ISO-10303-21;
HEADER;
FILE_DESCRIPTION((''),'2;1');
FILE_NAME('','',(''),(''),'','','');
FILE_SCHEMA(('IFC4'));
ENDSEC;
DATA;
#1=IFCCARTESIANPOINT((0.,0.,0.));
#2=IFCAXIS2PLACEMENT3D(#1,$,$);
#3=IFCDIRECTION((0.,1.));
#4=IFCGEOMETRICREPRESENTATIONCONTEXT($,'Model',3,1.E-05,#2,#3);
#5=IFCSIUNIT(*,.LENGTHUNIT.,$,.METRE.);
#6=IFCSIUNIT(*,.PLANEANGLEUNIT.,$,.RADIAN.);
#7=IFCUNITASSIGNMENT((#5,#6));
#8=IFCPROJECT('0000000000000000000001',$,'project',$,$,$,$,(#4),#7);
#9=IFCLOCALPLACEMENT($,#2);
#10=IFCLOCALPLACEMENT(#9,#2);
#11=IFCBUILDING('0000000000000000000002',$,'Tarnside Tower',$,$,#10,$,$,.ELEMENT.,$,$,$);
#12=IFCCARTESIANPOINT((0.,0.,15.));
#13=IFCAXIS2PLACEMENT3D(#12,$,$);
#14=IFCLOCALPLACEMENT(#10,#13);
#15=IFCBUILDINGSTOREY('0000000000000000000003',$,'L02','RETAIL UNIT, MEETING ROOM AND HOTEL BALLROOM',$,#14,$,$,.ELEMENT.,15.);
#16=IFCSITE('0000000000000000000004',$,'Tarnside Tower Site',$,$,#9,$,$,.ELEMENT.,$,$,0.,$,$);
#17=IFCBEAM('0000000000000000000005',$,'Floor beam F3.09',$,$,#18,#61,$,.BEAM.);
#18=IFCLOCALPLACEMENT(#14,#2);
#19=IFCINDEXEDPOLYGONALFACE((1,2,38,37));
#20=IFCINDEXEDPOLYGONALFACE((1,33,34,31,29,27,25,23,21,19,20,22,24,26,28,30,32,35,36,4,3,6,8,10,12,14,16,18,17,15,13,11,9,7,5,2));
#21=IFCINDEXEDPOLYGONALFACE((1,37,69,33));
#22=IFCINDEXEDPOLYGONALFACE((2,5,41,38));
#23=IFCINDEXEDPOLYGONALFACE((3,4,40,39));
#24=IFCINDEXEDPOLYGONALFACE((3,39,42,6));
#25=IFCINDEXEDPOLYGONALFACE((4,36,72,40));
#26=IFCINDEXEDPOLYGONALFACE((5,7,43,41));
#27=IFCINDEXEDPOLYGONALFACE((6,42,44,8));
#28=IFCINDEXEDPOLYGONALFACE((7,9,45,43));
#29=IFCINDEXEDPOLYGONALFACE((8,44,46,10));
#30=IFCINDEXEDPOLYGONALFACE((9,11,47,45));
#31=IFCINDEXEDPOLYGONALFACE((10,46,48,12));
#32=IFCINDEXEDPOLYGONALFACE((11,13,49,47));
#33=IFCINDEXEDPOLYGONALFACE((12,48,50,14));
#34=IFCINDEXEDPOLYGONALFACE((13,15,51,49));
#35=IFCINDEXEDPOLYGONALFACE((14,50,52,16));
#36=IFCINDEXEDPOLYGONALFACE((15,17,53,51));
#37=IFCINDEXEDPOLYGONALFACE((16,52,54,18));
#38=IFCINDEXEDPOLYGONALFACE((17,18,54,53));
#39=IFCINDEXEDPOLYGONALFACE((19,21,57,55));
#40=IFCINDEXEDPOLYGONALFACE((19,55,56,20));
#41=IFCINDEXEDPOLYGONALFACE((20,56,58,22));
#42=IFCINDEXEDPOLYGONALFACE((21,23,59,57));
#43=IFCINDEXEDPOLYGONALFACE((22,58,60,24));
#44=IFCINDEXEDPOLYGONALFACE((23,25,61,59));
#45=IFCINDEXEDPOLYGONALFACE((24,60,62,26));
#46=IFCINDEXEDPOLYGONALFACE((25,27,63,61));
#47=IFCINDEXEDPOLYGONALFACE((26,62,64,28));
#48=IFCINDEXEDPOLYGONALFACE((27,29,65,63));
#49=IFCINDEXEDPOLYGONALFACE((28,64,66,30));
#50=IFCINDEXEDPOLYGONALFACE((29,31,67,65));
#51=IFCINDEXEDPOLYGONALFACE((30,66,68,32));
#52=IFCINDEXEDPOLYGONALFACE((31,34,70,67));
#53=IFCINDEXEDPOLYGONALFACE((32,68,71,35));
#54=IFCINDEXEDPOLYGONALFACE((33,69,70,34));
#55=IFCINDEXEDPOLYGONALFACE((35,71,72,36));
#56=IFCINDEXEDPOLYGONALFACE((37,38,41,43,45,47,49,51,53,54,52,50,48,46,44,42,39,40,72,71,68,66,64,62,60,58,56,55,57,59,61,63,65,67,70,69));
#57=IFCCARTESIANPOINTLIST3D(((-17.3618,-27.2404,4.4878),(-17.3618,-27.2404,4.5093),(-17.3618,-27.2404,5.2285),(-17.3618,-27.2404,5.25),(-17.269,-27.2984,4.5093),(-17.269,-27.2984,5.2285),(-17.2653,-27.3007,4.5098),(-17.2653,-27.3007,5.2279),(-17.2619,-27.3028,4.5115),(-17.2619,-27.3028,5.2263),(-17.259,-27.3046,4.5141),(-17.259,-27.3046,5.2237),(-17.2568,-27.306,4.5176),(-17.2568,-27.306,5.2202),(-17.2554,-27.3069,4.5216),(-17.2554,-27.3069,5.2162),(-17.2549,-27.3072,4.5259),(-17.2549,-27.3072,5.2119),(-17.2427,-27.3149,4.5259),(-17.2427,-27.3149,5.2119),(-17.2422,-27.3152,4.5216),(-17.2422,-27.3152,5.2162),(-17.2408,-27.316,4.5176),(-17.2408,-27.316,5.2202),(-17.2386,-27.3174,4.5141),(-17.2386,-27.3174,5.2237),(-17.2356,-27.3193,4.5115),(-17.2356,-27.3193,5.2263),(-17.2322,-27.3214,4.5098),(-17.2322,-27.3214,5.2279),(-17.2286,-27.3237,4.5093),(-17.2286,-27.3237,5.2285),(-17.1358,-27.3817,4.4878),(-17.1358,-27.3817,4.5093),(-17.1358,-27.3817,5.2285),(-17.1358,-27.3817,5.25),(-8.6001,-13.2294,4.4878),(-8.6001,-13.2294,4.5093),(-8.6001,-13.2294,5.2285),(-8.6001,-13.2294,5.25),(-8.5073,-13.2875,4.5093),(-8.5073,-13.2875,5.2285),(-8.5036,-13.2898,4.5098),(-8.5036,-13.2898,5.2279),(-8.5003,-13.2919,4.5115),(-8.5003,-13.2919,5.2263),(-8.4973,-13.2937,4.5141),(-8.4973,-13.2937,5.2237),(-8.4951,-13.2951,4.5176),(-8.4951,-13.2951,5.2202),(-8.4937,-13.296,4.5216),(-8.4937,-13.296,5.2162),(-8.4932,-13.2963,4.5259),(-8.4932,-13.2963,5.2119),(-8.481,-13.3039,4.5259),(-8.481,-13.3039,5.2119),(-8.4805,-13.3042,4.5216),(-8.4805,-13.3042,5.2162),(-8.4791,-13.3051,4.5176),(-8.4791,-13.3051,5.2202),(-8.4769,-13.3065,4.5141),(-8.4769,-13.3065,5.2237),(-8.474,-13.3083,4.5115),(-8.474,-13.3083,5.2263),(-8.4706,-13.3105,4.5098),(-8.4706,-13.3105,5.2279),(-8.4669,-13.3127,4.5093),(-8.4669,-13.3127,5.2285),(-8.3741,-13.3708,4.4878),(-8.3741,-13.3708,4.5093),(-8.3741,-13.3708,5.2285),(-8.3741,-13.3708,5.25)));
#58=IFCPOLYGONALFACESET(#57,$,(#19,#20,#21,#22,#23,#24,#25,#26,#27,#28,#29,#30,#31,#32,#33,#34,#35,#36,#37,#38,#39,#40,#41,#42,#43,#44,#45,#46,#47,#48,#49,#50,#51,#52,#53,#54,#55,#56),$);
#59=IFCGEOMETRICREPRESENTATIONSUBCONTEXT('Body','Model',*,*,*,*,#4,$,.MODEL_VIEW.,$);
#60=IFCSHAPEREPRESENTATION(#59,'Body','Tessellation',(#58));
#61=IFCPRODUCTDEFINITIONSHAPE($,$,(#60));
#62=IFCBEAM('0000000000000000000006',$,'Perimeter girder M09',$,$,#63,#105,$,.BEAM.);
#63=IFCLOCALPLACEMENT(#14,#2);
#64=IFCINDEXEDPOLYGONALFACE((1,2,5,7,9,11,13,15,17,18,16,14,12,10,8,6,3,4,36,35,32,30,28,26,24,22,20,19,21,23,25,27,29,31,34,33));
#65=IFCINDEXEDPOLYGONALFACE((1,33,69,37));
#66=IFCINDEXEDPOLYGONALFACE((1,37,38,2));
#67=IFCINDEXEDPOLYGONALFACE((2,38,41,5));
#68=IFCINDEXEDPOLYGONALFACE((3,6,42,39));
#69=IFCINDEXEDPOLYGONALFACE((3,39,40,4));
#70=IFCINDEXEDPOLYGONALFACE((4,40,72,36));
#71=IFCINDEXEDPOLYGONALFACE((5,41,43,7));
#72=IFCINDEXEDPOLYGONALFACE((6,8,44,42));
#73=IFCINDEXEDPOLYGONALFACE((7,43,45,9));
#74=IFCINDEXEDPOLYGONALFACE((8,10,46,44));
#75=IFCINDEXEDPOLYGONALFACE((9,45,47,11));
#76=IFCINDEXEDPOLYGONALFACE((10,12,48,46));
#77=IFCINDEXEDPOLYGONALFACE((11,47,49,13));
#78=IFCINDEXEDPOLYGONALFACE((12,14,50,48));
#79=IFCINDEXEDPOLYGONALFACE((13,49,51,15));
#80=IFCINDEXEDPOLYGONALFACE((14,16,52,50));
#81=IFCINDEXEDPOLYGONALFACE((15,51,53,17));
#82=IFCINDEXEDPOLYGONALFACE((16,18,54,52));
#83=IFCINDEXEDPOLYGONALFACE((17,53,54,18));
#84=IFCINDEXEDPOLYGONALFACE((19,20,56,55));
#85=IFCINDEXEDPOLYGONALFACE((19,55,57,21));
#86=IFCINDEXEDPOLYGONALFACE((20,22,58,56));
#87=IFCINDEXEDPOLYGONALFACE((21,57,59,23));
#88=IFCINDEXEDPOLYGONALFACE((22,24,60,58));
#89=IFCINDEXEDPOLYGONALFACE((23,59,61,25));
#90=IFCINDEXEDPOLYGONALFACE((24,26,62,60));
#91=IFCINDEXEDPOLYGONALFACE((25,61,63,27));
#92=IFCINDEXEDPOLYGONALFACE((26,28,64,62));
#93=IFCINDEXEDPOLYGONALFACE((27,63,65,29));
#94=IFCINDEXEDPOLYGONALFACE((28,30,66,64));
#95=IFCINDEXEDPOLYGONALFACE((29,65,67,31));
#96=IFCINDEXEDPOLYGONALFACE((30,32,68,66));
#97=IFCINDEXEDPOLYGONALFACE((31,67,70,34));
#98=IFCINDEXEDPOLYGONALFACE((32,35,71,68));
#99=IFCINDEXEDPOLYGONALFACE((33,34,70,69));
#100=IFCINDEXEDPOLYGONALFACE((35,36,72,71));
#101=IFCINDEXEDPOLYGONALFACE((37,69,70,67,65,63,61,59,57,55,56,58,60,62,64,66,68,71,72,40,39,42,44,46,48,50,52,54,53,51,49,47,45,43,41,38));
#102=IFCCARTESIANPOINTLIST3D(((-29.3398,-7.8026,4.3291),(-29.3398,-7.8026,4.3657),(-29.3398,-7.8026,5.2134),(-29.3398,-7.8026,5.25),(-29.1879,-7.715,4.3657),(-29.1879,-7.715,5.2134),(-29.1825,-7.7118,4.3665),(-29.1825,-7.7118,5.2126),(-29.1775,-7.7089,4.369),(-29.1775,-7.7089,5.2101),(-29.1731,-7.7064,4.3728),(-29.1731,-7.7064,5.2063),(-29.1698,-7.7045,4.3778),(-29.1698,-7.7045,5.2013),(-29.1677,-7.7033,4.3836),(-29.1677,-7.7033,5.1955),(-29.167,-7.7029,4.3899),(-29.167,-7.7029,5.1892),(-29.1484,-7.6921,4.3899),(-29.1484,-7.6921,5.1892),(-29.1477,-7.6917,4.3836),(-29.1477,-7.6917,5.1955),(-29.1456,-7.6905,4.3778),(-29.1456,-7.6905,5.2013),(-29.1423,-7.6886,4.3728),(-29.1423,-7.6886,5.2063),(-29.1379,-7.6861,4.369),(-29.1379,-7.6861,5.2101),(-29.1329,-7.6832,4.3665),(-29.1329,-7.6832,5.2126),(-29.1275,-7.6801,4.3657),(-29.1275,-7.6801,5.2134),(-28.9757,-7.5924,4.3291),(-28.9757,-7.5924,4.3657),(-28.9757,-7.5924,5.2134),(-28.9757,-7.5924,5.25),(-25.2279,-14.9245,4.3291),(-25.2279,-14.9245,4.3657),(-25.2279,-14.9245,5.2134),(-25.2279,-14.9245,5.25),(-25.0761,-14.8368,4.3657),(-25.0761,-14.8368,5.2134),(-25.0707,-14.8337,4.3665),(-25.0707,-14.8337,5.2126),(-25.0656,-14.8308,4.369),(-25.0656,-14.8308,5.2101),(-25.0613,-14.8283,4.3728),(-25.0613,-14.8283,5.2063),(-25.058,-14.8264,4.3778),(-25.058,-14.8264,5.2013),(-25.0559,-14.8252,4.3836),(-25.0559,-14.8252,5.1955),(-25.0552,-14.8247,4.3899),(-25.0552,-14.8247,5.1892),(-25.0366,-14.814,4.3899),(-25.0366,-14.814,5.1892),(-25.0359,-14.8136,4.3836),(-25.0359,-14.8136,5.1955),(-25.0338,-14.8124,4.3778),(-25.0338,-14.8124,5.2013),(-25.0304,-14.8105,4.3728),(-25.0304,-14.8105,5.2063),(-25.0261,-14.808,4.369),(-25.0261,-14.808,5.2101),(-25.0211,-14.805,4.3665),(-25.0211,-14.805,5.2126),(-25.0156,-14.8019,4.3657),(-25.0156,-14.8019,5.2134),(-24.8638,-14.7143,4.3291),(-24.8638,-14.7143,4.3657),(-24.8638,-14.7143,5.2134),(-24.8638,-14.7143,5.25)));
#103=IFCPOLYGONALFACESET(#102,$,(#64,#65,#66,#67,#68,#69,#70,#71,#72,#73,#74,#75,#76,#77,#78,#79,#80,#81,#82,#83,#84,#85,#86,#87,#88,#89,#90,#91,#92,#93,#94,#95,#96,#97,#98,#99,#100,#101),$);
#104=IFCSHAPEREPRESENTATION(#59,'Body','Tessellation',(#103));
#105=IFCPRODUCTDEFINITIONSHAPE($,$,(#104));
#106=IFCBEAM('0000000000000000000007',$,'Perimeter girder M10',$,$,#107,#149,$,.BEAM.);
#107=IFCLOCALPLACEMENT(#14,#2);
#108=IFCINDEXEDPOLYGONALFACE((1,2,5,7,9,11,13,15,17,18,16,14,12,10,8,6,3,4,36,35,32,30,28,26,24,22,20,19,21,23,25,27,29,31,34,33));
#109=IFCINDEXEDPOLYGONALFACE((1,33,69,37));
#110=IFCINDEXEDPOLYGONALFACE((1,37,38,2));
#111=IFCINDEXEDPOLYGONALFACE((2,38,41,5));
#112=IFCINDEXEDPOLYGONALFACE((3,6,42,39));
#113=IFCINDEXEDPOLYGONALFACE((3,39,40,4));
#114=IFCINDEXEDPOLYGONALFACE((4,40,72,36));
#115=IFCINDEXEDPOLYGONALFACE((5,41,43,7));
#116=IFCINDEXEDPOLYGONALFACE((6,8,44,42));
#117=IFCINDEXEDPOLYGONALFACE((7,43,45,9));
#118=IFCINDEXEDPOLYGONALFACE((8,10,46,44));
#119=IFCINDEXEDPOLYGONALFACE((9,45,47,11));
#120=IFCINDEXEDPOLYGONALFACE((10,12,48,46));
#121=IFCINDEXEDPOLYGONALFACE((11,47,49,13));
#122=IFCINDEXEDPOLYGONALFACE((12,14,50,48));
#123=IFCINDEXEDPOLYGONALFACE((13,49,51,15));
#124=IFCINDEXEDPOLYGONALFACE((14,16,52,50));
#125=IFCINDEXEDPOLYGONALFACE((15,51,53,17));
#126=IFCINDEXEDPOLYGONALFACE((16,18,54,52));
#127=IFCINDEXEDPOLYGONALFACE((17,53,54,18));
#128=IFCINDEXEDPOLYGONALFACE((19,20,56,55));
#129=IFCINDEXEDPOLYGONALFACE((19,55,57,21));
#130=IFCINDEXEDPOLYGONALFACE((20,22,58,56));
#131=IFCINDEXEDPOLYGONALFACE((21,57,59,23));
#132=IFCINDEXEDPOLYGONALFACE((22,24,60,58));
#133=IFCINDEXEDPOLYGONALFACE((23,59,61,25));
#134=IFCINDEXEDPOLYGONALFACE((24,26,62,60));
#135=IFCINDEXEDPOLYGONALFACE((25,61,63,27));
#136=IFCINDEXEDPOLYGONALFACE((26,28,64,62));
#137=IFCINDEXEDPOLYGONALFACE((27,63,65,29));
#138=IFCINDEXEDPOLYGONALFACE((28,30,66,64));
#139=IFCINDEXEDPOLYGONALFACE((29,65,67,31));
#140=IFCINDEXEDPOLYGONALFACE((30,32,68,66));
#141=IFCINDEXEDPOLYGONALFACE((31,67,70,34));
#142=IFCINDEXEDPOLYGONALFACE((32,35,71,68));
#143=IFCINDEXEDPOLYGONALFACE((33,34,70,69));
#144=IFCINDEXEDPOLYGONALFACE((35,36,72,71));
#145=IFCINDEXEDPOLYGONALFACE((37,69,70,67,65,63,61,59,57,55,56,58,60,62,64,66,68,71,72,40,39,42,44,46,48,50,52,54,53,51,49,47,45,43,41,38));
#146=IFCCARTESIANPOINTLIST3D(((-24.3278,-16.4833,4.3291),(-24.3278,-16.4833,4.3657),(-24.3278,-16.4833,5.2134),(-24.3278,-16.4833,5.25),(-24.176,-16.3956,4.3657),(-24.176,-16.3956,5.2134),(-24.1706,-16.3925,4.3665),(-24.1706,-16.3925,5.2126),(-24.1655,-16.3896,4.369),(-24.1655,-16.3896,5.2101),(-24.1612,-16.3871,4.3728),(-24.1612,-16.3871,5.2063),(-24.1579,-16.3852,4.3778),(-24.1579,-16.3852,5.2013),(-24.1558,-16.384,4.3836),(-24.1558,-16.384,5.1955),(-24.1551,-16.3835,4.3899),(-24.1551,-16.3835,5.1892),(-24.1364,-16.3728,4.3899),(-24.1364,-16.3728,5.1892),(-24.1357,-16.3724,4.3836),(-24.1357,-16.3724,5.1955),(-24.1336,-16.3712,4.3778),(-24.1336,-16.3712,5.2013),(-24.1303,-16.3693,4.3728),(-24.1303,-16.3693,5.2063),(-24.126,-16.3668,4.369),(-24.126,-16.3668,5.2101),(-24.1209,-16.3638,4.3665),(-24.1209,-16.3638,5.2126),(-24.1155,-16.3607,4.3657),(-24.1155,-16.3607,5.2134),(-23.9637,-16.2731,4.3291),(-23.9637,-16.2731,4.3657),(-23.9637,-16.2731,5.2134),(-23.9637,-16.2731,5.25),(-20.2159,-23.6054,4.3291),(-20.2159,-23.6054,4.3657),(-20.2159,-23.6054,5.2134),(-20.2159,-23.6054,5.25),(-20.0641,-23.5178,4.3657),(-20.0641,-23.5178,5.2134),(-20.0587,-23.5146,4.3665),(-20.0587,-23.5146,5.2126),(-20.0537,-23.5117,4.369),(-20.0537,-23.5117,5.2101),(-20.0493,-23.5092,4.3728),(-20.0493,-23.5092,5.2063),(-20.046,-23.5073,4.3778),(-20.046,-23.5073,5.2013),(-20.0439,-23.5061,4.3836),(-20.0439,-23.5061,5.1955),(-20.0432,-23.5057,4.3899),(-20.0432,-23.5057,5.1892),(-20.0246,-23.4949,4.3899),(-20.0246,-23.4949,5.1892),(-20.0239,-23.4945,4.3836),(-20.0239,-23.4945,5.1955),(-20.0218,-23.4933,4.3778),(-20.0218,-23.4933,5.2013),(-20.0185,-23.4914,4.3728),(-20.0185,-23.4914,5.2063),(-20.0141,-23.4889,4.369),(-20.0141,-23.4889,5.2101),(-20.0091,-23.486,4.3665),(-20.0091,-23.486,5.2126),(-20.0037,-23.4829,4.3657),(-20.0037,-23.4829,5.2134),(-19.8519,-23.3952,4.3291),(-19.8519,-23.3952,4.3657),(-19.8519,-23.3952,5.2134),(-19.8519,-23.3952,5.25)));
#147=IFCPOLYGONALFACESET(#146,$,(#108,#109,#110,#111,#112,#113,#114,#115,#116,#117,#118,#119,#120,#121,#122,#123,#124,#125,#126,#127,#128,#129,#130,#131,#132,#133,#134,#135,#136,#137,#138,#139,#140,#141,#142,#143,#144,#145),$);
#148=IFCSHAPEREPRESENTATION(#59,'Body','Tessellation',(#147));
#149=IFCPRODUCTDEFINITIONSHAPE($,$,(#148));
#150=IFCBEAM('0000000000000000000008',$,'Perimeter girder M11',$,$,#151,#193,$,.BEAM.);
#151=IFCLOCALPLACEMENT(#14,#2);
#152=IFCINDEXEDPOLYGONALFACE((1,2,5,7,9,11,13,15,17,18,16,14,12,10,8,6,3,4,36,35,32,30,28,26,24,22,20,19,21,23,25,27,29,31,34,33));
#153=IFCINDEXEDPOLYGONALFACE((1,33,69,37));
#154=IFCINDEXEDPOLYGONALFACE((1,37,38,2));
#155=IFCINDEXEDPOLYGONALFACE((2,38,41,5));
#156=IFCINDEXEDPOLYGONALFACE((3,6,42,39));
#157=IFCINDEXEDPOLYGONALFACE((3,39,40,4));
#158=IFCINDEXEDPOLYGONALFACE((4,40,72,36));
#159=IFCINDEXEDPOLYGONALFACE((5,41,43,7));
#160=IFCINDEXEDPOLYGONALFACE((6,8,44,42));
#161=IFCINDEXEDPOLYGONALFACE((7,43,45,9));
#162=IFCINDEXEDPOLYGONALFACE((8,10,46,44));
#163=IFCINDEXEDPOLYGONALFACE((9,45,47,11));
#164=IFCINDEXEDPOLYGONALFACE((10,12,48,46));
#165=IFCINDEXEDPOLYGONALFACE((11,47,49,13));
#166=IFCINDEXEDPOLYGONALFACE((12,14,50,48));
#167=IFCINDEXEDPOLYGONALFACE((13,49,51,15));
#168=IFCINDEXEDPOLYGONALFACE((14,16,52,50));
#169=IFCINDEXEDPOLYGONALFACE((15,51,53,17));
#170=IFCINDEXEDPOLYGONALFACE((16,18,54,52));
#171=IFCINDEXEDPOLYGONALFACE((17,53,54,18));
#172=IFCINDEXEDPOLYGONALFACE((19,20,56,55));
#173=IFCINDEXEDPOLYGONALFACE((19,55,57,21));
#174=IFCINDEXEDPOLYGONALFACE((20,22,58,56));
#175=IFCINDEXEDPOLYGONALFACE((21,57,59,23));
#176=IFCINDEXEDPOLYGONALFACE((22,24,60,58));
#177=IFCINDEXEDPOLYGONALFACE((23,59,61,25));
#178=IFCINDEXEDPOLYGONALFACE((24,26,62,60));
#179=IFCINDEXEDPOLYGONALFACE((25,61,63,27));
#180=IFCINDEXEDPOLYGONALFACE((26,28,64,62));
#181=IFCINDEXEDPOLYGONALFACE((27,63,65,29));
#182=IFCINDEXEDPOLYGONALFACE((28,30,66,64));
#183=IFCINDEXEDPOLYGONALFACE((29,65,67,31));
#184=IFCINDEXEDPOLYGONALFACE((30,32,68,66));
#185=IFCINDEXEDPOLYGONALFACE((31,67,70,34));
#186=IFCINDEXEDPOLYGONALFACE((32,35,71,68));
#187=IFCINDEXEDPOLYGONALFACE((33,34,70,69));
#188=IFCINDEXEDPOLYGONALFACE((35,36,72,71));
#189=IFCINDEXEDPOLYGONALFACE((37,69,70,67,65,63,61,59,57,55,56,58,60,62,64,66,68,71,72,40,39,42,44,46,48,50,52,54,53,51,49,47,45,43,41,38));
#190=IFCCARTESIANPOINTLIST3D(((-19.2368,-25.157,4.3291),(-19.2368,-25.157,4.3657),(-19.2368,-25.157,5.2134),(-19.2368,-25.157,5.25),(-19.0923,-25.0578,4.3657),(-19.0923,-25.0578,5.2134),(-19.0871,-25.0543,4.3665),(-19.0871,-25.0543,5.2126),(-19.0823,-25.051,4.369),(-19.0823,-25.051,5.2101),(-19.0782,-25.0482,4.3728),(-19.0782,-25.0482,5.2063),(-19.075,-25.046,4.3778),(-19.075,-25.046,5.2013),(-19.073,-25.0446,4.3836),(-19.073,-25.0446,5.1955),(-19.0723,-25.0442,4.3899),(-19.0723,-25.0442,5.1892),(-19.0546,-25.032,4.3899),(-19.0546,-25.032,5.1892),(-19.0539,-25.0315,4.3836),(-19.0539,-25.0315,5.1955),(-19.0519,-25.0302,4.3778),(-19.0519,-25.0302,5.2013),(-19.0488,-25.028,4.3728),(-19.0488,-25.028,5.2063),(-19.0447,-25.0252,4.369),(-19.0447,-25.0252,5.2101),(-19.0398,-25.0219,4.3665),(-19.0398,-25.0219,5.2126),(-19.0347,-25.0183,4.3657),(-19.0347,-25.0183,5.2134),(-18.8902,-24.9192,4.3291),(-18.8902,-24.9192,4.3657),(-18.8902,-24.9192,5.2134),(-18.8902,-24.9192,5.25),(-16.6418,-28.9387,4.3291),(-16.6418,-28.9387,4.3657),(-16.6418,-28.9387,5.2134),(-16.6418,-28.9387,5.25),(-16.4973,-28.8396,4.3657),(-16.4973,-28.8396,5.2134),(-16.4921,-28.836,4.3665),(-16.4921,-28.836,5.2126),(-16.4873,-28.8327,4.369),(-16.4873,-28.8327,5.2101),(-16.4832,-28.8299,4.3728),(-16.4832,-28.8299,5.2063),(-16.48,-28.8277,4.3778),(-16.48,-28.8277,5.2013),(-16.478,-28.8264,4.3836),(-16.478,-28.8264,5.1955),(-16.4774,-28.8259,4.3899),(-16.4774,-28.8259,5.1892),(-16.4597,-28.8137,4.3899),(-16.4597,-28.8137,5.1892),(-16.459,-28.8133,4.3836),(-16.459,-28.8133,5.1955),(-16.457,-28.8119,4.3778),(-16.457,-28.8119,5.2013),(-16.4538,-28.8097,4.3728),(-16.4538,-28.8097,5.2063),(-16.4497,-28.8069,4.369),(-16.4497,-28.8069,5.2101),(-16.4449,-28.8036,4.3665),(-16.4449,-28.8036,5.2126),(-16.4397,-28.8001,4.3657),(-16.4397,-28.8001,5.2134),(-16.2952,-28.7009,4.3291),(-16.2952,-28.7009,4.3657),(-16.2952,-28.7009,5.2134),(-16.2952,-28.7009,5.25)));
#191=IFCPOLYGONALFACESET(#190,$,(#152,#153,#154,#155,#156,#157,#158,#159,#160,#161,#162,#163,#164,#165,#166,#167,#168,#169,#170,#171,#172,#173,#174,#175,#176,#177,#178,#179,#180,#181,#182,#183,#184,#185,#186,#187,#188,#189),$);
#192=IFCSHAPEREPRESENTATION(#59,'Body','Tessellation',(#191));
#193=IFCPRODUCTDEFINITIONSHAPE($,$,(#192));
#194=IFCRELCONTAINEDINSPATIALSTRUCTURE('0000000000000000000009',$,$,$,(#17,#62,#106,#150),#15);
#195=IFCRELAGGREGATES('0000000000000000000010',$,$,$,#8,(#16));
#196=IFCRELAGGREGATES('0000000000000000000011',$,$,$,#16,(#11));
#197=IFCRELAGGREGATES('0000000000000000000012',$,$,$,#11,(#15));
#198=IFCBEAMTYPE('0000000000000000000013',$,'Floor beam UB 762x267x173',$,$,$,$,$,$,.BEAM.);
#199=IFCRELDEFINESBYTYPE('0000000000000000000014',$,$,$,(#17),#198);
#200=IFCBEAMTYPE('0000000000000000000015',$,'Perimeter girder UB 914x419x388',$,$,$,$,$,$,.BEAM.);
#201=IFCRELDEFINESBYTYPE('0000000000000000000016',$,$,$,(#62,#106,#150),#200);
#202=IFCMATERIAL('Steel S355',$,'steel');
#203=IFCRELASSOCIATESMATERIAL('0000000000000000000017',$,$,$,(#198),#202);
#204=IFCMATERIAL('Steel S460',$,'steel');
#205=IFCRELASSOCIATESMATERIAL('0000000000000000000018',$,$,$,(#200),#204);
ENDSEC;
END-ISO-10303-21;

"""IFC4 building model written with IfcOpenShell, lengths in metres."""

from ifc_helpers import new_model, si_unit, direction, frame, origin, origin_2d, place, context, subcontext, project, spatial, i_section, extrude, material, material_profile, profile_set, type_object, element, save


model = new_model("IFC4")

# Units and contexts
model_context = context("Model", 3, precision=1e-05, world=origin(), true_north=direction((0.0, 1.0)))
body_context = subcontext(model_context, "Body", "Model", "MODEL_VIEW")
ifc_project = project(units=[si_unit("LENGTHUNIT", "METRE"), si_unit("PLANEANGLEUNIT", "RADIAN")], contexts=[model_context])

# Site, building, storey
site_placement = place(None, origin())
site = spatial("IfcSite", under=ifc_project, at=site_placement, Name="Tarnside Tower Site", CompositionType="ELEMENT", RefElevation=0.0)
building_placement = place(site_placement, origin())
building = spatial("IfcBuilding", under=site, at=building_placement, Name="Tarnside Tower", CompositionType="ELEMENT")
storey_placement = place(building_placement, frame((0.0, 0.0, 15.0)))
storey = spatial("IfcBuildingStorey", under=building, at=storey_placement, Name="L02", Description="RETAIL UNIT, MEETING ROOM AND HOTEL BALLROOM", CompositionType="ELEMENT", Elevation=15.0)

# Beams
ifc_material_1 = material(Name="Steel S355", Category="steel")
ifc_material_profile_1 = material_profile(ifc_material_1, i_section(OverallWidth=0.2666, OverallDepth=0.7622, WebThickness=0.0144, FlangeThickness=0.0215, FilletRadius=0.0166, at=origin_2d()), Name="UB 762x267x173")
ifc_profile_set_1 = profile_set([ifc_material_profile_1], Name="Steel S355")
beam_type_1 = type_object("IfcBeamType", Name="Floor beam UB 762x267x173", PredefinedType="BEAM", material=ifc_profile_set_1)
beam_1_placement = place(storey_placement, frame((-17.2488, -27.311, 4.8689), z_axis=(0.53021, 0.847866, 0.0), x_axis=(-0.847866, 0.53021, 0.0)))
element("IfcBeam", 1, at=beam_1_placement, inside=storey, type_object=beam_type_1, Name="Floor beam F3.09", PredefinedType="BEAM", context=body_context, shape_type="SweptSolid", body=[
    extrude(i_section(OverallWidth=0.2666, OverallDepth=0.7622, WebThickness=0.0144, FlangeThickness=0.0215, FilletRadius=0.0166, at=origin_2d()), origin(), (0.0, 0.0, 1.0), 16.5249),
])
ifc_material_2 = material(Name="Steel S460", Category="steel")
ifc_material_profile_2 = material_profile(ifc_material_2, i_section(OverallWidth=0.4204, OverallDepth=0.9209, WebThickness=0.0215, FlangeThickness=0.0366, FilletRadius=0.0242, at=origin_2d()), Name="UB 914x419x388")
ifc_profile_set_2 = profile_set([ifc_material_profile_2], Name="Steel S460")
beam_type_2 = type_object("IfcBeamType", Name="Perimeter girder UB 914x419x388", PredefinedType="BEAM", material=ifc_profile_set_2)
beam_2_placement = place(storey_placement, frame((-29.1577, -7.6975, 4.7896), z_axis=(0.500003, -0.866024, 0.0), x_axis=(0.866024, 0.500003, 0.0)))
element("IfcBeam", 2, at=beam_2_placement, inside=storey, type_object=beam_type_2, Name="Perimeter girder M09", PredefinedType="BEAM", context=body_context, shape_type="SweptSolid", body=[
    extrude(i_section(OverallWidth=0.4204, OverallDepth=0.9209, WebThickness=0.0215, FlangeThickness=0.0366, FilletRadius=0.0242, at=origin_2d()), origin(), (0.0, 0.0, 1.0), 8.2236),
])
beam_3_placement = place(storey_placement, frame((-24.1458, -16.3782, 4.7896), z_axis=(0.49999, -0.866031, 0.0), x_axis=(0.866031, 0.49999, 0.0)))
element("IfcBeam", 3, at=beam_3_placement, inside=storey, type_object=beam_type_2, Name="Perimeter girder M10", PredefinedType="BEAM", context=body_context, shape_type="SweptSolid", body=[
    extrude(i_section(OverallWidth=0.4204, OverallDepth=0.9209, WebThickness=0.0215, FlangeThickness=0.0366, FilletRadius=0.0242, at=origin_2d()), origin(), (0.0, 0.0, 1.0), 8.2239),
])
beam_4_placement = place(storey_placement, frame((-19.0635, -25.0381, 4.7896), z_axis=(0.565792, -0.824548, 0.0), x_axis=(0.824548, 0.565792, 0.0)))
element("IfcBeam", 4, at=beam_4_placement, inside=storey, type_object=beam_type_2, Name="Perimeter girder M11", PredefinedType="BEAM", context=body_context, shape_type="SweptSolid", body=[
    extrude(i_section(OverallWidth=0.4204, OverallDepth=0.9209, WebThickness=0.0215, FlangeThickness=0.0366, FilletRadius=0.0242, at=origin_2d()), origin(), (0.0, 0.0, 1.0), 4.5864),
])

save(model, "model.ifc")
